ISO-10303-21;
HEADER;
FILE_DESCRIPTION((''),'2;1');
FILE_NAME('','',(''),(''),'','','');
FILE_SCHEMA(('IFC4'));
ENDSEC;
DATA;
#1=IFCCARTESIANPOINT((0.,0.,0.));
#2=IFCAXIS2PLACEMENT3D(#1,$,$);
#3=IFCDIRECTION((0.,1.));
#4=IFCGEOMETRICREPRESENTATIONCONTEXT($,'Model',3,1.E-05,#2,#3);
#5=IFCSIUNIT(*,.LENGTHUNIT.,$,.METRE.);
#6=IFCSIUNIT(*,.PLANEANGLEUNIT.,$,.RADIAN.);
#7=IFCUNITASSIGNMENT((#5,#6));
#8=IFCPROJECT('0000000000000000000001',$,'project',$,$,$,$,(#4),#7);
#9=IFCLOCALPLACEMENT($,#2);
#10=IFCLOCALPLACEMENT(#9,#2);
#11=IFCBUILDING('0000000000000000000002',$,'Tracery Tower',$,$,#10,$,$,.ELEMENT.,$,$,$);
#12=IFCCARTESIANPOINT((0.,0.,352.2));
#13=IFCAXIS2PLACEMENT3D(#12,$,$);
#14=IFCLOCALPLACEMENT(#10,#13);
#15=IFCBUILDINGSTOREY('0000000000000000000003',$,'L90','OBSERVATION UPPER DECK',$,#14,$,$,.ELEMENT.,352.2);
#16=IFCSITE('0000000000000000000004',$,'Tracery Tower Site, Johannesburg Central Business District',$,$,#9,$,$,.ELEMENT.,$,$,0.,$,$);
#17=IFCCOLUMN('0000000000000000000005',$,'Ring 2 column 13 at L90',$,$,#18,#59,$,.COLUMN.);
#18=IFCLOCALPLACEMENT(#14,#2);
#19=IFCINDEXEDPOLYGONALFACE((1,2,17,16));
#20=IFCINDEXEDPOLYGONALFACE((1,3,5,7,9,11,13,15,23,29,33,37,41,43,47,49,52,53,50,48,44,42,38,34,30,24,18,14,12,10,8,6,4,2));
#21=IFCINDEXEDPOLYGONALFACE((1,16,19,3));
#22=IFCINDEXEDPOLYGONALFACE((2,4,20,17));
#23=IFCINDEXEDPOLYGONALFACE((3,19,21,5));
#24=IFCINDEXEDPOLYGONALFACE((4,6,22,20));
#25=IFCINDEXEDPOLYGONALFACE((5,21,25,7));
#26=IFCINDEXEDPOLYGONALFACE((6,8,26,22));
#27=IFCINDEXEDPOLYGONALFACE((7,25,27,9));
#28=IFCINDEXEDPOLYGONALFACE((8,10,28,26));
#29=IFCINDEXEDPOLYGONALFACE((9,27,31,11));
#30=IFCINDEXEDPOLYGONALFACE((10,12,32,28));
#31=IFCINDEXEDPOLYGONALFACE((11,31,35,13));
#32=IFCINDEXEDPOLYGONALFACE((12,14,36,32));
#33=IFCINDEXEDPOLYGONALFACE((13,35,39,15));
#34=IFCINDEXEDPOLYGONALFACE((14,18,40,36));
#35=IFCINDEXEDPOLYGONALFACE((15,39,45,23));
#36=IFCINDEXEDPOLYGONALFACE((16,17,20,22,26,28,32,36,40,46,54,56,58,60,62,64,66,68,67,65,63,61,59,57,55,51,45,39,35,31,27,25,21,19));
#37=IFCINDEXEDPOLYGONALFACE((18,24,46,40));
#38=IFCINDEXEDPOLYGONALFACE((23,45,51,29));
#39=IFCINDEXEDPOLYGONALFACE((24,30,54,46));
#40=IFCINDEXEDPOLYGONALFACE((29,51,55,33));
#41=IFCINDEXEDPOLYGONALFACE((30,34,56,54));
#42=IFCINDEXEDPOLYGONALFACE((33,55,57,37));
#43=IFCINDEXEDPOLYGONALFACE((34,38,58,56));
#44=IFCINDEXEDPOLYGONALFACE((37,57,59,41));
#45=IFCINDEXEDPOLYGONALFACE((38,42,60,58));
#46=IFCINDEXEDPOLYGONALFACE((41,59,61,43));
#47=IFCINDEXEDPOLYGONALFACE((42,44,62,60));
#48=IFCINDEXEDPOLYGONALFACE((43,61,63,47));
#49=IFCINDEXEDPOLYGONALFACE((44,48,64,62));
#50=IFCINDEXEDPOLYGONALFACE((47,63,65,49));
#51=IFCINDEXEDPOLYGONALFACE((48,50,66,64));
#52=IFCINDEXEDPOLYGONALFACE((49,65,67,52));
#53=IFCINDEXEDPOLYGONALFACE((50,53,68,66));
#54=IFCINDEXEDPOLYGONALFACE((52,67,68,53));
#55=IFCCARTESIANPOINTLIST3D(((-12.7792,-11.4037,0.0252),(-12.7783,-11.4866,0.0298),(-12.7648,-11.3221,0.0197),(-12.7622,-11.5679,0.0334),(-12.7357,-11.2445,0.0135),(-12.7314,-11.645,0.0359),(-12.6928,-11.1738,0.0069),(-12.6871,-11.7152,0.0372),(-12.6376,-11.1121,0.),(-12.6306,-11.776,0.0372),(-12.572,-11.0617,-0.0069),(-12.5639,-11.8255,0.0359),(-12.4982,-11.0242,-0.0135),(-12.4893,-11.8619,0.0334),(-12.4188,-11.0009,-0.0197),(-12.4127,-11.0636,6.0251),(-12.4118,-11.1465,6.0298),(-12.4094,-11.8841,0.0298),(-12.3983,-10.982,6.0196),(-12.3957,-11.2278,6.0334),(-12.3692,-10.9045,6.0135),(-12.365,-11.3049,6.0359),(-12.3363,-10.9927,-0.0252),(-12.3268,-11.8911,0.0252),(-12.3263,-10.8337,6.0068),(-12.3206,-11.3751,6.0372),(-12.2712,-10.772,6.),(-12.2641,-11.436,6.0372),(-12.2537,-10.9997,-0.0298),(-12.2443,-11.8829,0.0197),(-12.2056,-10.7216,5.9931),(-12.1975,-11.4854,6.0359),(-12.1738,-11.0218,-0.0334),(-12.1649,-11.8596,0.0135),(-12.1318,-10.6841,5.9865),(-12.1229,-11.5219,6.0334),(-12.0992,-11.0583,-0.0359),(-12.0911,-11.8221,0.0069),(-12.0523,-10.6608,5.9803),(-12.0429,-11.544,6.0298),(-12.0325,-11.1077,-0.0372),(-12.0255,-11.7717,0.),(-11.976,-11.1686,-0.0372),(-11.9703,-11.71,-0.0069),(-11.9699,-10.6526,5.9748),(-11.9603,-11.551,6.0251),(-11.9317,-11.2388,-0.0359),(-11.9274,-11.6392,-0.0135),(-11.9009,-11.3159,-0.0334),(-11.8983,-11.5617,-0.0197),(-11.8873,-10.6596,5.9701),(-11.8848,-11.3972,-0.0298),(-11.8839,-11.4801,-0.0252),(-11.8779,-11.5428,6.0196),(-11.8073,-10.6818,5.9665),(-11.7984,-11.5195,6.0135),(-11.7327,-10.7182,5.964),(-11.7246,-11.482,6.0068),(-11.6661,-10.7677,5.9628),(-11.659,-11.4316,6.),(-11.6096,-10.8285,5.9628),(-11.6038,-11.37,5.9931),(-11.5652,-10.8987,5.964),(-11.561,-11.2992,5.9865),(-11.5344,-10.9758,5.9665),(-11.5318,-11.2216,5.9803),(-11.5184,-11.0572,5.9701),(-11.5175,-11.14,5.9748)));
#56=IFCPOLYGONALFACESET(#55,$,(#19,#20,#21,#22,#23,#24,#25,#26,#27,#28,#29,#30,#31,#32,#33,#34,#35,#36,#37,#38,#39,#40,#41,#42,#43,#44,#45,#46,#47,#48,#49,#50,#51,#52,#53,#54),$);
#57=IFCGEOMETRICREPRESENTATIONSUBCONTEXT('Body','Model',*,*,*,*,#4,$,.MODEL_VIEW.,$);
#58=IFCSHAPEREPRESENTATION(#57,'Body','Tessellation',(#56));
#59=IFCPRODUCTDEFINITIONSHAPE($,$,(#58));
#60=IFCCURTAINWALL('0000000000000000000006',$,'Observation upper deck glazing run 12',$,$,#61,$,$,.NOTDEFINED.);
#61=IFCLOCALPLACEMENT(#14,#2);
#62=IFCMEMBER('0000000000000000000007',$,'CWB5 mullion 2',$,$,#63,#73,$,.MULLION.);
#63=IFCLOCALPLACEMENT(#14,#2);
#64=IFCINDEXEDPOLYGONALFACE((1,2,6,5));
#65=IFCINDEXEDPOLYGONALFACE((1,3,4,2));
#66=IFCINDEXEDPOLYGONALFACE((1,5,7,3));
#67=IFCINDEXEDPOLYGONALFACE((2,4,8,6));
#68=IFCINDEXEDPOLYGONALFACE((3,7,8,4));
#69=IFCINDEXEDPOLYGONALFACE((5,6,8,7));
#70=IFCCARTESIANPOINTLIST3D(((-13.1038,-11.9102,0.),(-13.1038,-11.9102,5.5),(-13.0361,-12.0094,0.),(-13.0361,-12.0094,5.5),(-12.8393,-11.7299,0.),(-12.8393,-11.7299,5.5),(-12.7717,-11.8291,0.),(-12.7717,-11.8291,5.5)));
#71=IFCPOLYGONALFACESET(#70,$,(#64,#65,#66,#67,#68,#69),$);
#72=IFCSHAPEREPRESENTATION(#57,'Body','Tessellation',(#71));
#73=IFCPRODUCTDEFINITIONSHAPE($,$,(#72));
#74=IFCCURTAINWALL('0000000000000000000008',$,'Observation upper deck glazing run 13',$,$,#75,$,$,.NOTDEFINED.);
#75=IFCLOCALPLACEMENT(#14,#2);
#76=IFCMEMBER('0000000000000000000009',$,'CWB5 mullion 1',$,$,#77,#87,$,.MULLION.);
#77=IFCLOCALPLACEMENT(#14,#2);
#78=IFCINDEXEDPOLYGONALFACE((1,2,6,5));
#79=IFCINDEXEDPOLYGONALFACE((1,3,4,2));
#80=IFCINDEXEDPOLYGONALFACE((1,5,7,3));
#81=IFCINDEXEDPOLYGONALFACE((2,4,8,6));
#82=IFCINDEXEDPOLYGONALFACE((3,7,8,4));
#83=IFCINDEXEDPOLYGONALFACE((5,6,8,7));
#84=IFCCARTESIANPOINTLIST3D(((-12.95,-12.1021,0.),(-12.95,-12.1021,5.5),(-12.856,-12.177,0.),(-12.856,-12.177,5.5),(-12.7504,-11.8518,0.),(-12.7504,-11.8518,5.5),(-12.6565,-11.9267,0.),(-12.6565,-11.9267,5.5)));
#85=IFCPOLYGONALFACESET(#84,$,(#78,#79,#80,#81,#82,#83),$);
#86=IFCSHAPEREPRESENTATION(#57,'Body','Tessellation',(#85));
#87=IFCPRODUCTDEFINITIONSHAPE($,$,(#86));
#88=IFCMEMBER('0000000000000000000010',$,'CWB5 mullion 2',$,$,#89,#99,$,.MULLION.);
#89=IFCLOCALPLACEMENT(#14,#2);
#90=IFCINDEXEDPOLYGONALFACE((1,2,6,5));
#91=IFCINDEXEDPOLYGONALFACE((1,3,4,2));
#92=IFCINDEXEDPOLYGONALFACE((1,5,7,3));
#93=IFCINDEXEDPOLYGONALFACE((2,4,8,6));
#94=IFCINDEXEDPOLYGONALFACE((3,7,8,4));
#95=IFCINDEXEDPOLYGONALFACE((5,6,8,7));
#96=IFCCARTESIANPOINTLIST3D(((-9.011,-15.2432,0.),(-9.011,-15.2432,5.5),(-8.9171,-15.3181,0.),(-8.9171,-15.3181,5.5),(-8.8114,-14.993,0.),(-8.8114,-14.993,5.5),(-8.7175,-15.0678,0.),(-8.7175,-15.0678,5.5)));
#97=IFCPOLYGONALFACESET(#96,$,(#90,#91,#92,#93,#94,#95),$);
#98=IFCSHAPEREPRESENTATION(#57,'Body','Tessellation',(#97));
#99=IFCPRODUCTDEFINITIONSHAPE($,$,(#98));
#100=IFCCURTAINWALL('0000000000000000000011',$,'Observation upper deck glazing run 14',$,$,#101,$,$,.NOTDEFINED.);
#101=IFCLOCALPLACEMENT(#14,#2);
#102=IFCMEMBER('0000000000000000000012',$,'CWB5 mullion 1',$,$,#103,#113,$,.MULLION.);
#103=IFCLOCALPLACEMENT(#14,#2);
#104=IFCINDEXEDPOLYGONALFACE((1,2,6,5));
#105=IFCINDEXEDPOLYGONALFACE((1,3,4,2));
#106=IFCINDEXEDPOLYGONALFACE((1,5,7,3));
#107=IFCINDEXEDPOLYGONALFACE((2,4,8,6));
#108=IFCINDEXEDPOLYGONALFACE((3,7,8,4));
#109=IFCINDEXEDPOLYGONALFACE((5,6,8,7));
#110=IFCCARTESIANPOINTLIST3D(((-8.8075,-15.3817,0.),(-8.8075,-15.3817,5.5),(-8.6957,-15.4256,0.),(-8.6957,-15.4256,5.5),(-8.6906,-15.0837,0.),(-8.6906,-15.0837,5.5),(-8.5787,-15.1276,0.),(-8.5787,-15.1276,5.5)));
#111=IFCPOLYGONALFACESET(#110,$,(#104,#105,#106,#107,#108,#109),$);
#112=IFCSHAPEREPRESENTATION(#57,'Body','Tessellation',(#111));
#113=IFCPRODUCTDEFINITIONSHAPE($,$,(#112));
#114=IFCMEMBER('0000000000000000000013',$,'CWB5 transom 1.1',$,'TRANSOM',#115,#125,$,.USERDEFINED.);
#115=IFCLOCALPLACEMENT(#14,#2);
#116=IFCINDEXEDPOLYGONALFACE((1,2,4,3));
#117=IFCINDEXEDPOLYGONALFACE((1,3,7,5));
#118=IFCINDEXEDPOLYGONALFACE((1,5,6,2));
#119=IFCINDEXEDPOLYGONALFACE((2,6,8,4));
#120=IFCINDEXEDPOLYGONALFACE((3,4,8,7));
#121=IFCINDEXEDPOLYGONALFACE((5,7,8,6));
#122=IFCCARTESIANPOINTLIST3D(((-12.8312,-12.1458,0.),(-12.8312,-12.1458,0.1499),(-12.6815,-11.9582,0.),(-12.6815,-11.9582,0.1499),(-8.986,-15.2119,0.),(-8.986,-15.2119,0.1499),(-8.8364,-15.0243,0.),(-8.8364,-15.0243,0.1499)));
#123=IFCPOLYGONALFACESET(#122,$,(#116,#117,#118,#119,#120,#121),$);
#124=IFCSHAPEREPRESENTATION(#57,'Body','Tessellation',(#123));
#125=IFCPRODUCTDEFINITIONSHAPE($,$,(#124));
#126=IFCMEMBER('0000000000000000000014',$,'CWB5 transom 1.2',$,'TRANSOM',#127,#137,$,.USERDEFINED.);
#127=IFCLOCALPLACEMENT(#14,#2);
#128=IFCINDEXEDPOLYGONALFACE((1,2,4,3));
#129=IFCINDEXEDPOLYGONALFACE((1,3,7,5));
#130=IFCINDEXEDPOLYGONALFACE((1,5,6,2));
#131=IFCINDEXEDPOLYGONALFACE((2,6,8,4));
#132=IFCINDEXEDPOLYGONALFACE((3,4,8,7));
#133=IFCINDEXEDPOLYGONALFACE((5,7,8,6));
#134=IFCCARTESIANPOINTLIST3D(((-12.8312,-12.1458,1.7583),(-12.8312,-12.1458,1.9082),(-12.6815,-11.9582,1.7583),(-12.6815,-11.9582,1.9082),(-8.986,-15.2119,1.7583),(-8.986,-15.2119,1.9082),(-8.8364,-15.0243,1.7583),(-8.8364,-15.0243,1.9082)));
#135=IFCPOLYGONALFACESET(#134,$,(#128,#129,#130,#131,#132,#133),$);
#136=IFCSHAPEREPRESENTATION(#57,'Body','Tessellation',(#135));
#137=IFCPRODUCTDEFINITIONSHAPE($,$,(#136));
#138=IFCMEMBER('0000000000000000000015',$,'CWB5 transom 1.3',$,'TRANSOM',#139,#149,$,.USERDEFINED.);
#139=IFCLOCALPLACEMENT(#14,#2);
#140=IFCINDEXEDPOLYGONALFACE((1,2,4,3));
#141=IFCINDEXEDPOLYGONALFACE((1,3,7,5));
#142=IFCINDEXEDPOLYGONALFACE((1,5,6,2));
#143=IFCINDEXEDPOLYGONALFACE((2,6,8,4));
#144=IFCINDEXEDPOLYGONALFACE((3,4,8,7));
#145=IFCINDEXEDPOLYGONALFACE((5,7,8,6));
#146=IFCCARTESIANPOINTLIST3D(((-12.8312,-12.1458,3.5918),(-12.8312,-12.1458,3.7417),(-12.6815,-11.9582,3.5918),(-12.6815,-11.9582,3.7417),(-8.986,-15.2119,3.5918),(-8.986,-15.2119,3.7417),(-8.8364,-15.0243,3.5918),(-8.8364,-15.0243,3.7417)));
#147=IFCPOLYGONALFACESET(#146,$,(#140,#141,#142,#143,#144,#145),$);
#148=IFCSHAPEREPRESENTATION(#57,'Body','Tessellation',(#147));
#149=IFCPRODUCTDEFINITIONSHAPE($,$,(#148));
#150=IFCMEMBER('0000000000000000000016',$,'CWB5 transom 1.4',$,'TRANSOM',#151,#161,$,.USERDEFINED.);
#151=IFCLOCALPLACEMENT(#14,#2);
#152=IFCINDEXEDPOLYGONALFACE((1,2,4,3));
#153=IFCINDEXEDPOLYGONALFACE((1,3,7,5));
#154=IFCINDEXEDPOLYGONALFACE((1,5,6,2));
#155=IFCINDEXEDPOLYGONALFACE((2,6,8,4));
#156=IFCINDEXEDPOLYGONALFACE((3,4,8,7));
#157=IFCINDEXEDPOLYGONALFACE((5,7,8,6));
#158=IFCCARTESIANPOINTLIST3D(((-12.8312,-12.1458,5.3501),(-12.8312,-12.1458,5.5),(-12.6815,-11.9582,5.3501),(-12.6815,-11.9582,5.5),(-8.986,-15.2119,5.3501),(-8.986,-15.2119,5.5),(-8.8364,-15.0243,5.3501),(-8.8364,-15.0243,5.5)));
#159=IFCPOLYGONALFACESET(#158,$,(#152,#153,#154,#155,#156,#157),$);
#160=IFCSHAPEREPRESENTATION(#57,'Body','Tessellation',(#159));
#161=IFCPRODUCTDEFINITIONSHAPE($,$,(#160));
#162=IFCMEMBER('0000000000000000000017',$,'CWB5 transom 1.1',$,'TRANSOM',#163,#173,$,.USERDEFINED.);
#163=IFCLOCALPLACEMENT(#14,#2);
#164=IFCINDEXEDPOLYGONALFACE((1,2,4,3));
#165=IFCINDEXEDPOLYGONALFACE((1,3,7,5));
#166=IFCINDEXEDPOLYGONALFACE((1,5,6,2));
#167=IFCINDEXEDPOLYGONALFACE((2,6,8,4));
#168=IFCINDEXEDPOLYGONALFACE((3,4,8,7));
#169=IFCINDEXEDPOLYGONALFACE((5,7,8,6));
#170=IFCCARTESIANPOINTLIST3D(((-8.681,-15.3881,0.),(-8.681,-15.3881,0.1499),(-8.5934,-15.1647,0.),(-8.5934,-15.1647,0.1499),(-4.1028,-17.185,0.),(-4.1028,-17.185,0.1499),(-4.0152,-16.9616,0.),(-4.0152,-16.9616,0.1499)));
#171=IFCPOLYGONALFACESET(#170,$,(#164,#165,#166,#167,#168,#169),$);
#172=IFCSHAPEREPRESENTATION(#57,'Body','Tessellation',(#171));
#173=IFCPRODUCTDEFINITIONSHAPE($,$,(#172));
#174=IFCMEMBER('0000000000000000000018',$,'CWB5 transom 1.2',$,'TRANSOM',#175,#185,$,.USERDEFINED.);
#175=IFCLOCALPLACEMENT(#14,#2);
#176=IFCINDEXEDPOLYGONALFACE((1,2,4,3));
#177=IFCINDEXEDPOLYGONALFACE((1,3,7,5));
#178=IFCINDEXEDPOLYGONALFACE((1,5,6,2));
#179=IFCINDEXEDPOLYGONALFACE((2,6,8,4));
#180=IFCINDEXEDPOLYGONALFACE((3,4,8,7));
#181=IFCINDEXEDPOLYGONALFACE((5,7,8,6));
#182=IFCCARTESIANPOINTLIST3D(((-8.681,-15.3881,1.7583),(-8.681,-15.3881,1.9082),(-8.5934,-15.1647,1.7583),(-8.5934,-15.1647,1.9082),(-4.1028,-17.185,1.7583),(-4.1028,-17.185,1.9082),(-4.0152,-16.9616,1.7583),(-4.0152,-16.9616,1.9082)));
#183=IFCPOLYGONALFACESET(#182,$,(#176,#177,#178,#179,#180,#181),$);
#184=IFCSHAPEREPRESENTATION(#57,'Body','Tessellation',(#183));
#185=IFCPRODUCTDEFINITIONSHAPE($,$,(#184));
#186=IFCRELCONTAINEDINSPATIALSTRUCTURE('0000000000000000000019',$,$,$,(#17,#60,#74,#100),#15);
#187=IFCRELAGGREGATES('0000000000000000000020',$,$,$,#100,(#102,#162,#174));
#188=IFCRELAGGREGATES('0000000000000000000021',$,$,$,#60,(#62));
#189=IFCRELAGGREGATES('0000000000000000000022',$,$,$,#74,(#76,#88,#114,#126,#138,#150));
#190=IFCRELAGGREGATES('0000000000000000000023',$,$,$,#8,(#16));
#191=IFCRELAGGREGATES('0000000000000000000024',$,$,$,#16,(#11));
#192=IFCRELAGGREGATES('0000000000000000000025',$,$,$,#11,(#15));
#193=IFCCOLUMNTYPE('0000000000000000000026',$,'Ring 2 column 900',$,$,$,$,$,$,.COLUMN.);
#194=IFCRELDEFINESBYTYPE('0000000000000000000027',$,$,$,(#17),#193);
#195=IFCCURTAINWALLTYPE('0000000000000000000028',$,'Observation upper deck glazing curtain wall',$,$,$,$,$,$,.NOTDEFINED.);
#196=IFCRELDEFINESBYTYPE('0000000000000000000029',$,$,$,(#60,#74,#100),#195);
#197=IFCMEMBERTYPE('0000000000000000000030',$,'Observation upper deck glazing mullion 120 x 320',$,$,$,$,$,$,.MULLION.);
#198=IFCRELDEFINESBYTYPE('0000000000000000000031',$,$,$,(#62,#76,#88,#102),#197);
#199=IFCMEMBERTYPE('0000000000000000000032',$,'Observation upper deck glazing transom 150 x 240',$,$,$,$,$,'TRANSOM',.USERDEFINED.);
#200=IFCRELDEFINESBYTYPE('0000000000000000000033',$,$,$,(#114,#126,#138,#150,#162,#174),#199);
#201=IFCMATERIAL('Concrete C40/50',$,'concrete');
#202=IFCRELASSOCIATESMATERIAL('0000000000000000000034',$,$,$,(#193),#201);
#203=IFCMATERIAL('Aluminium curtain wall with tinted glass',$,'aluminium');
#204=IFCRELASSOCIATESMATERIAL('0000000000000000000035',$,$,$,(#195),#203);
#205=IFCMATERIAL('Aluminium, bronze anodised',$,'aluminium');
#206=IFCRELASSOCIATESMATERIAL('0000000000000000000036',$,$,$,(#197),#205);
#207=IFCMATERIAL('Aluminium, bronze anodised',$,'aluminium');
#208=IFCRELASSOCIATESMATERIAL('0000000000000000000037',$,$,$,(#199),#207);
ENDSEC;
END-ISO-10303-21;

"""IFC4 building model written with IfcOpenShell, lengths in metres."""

from ifc_helpers import new_model, si_unit, direction, frame, origin, origin_2d, place, context, subcontext, project, spatial, rectangle, circle, extrude, material, material_profile, profile_set, type_object, element, aggregate, save


model = new_model("IFC4")

# Units and contexts
model_context = context("Model", 3, precision=1e-05, world=origin(), true_north=direction((0.0, 1.0)))
body_context = subcontext(model_context, "Body", "Model", "MODEL_VIEW")
ifc_project = project(units=[si_unit("LENGTHUNIT", "METRE"), si_unit("PLANEANGLEUNIT", "RADIAN")], contexts=[model_context])

# Site, building, storey
site_placement = place(None, origin())
site = spatial("IfcSite", under=ifc_project, at=site_placement, Name="Tracery Tower Site, Johannesburg Central Business District", CompositionType="ELEMENT", RefElevation=0.0)
building_placement = place(site_placement, origin())
building = spatial("IfcBuilding", under=site, at=building_placement, Name="Tracery Tower", CompositionType="ELEMENT")
storey_placement = place(building_placement, frame((0.0, 0.0, 352.2)))
storey = spatial("IfcBuildingStorey", under=building, at=storey_placement, Name="L90", Description="OBSERVATION UPPER DECK", CompositionType="ELEMENT", Elevation=352.2)

# Column
ifc_material_1 = material(Name="Concrete C40/50", Category="concrete")
ifc_material_profile_1 = material_profile(ifc_material_1, circle(Radius=0.45, at=origin_2d()), Name="RC D900")
ifc_profile_set_1 = profile_set([ifc_material_profile_1], Name="Concrete C40/50")
column_type = type_object("IfcColumnType", Name="Ring 2 column 900", PredefinedType="COLUMN", material=ifc_profile_set_1)
column_placement = place(storey_placement, frame((-12.3315, -11.4419, 0.0), z_axis=(0.060865, 0.056486, 0.996546), x_axis=(-0.680245, 0.732985, 0.0)))
element("IfcColumn", 1, at=column_placement, inside=storey, type_object=column_type, Name="Ring 2 column 13 at L90", PredefinedType="COLUMN", context=body_context, shape_type="SweptSolid", body=[
    extrude(circle(Radius=0.45, at=origin_2d()), origin(), (0.0, 0.0, 1.0), 6.0208),
])

# Curtain wall, member
ifc_material_2 = material(Name="Aluminium curtain wall with tinted glass", Category="aluminium")
curtain_wall_type = type_object("IfcCurtainWallType", Name="Observation upper deck glazing curtain wall", PredefinedType="NOTDEFINED", material=ifc_material_2)
curtain_wall_1_placement = place(storey_placement, origin())
curtain_wall_1 = element("IfcCurtainWall", 2, at=curtain_wall_1_placement, inside=storey, type_object=curtain_wall_type, Name="Observation upper deck glazing run 12", PredefinedType="NOTDEFINED")
ifc_material_3 = material(Name="Aluminium, bronze anodised", Category="aluminium")
ifc_material_profile_2 = material_profile(ifc_material_3, rectangle(XDim=0.3201, YDim=0.1201, at=origin_2d()), Name="Observation upper deck glazing mullion 120 x 320")
ifc_profile_set_2 = profile_set([ifc_material_profile_2], Name="Aluminium, bronze anodised")
member_type_1 = type_object("IfcMemberType", Name="Observation upper deck glazing mullion 120 x 320", PredefinedType="MULLION", material=ifc_profile_set_2)
member_1_placement = place(storey_placement, frame((-12.9377, -11.8696, 0.0), z_axis=(0.0, 0.0, 1.0), x_axis=(0.826243, 0.563314, 0.0)))
member_1 = element("IfcMember", 3, at=member_1_placement, type_object=member_type_1, Name="CWB5 mullion 2", PredefinedType="MULLION", context=body_context, shape_type="SweptSolid", body=[
    extrude(rectangle(XDim=0.3201, YDim=0.1201, at=origin_2d()), origin(), (0.0, 0.0, 1.0), 5.5),
])

# Curtain wall, members
curtain_wall_2_placement = place(storey_placement, origin())
curtain_wall_2 = element("IfcCurtainWall", 4, at=curtain_wall_2_placement, inside=storey, type_object=curtain_wall_type, Name="Observation upper deck glazing run 13", PredefinedType="NOTDEFINED")
member_2_placement = place(storey_placement, frame((-12.8032, -12.0144, 0.0), z_axis=(0.0, 0.0, 1.0), x_axis=(0.623481, 0.781838, 0.0)))
member_2 = element("IfcMember", 5, at=member_2_placement, type_object=member_type_1, Name="CWB5 mullion 1", PredefinedType="MULLION", context=body_context, shape_type="SweptSolid", body=[
    extrude(rectangle(XDim=0.3201, YDim=0.1201, at=origin_2d()), origin(), (0.0, 0.0, 1.0), 5.5),
])
member_3_placement = place(storey_placement, frame((-8.8643, -15.1555, 0.0), z_axis=(0.0, 0.0, 1.0), x_axis=(0.623481, 0.781838, 0.0)))
member_3 = element("IfcMember", 6, at=member_3_placement, type_object=member_type_1, Name="CWB5 mullion 2", PredefinedType="MULLION", context=body_context, shape_type="SweptSolid", body=[
    extrude(rectangle(XDim=0.3201, YDim=0.1201, at=origin_2d()), origin(), (0.0, 0.0, 1.0), 5.5),
])

# Curtain wall, member
curtain_wall_3_placement = place(storey_placement, origin())
curtain_wall_3 = element("IfcCurtainWall", 7, at=curtain_wall_3_placement, inside=storey, type_object=curtain_wall_type, Name="Observation upper deck glazing run 14", PredefinedType="NOTDEFINED")
member_4_placement = place(storey_placement, frame((-8.6931, -15.2546, 0.0), z_axis=(0.0, 0.0, 1.0), x_axis=(0.365333, 0.930877, 0.0)))
member_4 = element("IfcMember", 8, at=member_4_placement, type_object=member_type_1, Name="CWB5 mullion 1", PredefinedType="MULLION", context=body_context, shape_type="SweptSolid", body=[
    extrude(rectangle(XDim=0.3201, YDim=0.1201, at=origin_2d()), origin(), (0.0, 0.0, 1.0), 5.5),
])

# Members
ifc_material_4 = material(Name="Aluminium, bronze anodised", Category="aluminium")
ifc_material_profile_3 = material_profile(ifc_material_4, rectangle(XDim=0.24, YDim=0.1499, at=origin_2d()), Name="Observation upper deck glazing transom 150 x 240")
ifc_profile_set_3 = profile_set([ifc_material_profile_3], Name="Aluminium, bronze anodised")
member_type_2 = type_object("IfcMemberType", Name="Observation upper deck glazing transom 150 x 240", ElementType="TRANSOM", PredefinedType="USERDEFINED", material=ifc_profile_set_3)
member_5_placement = place(storey_placement, frame((-12.7563, -12.052, 0.075), z_axis=(0.781861, -0.623453, 0.0), x_axis=(0.623453, 0.781861, 0.0)))
member_5 = element("IfcMember", 9, at=member_5_placement, type_object=member_type_2, Name="CWB5 transom 1.1", ObjectType="TRANSOM", PredefinedType="USERDEFINED", context=body_context, shape_type="SweptSolid", body=[
    extrude(rectangle(XDim=0.24, YDim=0.1499, at=origin_2d()), origin(), (0.0, 0.0, 1.0), 4.918),
])
member_6_placement = place(storey_placement, frame((-12.7563, -12.052, 1.8333), z_axis=(0.781861, -0.623453, 0.0), x_axis=(0.623453, 0.781861, 0.0)))
member_6 = element("IfcMember", 10, at=member_6_placement, type_object=member_type_2, Name="CWB5 transom 1.2", ObjectType="TRANSOM", PredefinedType="USERDEFINED", context=body_context, shape_type="SweptSolid", body=[
    extrude(rectangle(XDim=0.24, YDim=0.1499, at=origin_2d()), origin(), (0.0, 0.0, 1.0), 4.918),
])
member_7_placement = place(storey_placement, frame((-12.7563, -12.052, 3.6667), z_axis=(0.781861, -0.623453, 0.0), x_axis=(0.623453, 0.781861, 0.0)))
member_7 = element("IfcMember", 11, at=member_7_placement, type_object=member_type_2, Name="CWB5 transom 1.3", ObjectType="TRANSOM", PredefinedType="USERDEFINED", context=body_context, shape_type="SweptSolid", body=[
    extrude(rectangle(XDim=0.24, YDim=0.1499, at=origin_2d()), origin(), (0.0, 0.0, 1.0), 4.918),
])
member_8_placement = place(storey_placement, frame((-12.7563, -12.052, 5.425), z_axis=(0.781861, -0.623453, 0.0), x_axis=(0.623453, 0.781861, 0.0)))
member_8 = element("IfcMember", 12, at=member_8_placement, type_object=member_type_2, Name="CWB5 transom 1.4", ObjectType="TRANSOM", PredefinedType="USERDEFINED", context=body_context, shape_type="SweptSolid", body=[
    extrude(rectangle(XDim=0.24, YDim=0.1499, at=origin_2d()), origin(), (0.0, 0.0, 1.0), 4.918),
])
member_9_placement = place(storey_placement, frame((-8.6372, -15.2764, 0.075), z_axis=(0.930867, -0.365357, 0.0), x_axis=(0.365357, 0.930867, 0.0)))
member_9 = element("IfcMember", 13, at=member_9_placement, type_object=member_type_2, Name="CWB5 transom 1.1", ObjectType="TRANSOM", PredefinedType="USERDEFINED", context=body_context, shape_type="SweptSolid", body=[
    extrude(rectangle(XDim=0.24, YDim=0.1499, at=origin_2d()), origin(), (0.0, 0.0, 1.0), 4.9182),
])
member_10_placement = place(storey_placement, frame((-8.6372, -15.2764, 1.8333), z_axis=(0.930867, -0.365357, 0.0), x_axis=(0.365357, 0.930867, 0.0)))
member_10 = element("IfcMember", 14, at=member_10_placement, type_object=member_type_2, Name="CWB5 transom 1.2", ObjectType="TRANSOM", PredefinedType="USERDEFINED", context=body_context, shape_type="SweptSolid", body=[
    extrude(rectangle(XDim=0.24, YDim=0.1499, at=origin_2d()), origin(), (0.0, 0.0, 1.0), 4.9182),
])
aggregate(curtain_wall_3, [member_4, member_9, member_10])

aggregate(curtain_wall_1, [member_1])
aggregate(curtain_wall_2, [member_2, member_3, member_5, member_6, member_7, member_8])

save(model, "model.ifc")
